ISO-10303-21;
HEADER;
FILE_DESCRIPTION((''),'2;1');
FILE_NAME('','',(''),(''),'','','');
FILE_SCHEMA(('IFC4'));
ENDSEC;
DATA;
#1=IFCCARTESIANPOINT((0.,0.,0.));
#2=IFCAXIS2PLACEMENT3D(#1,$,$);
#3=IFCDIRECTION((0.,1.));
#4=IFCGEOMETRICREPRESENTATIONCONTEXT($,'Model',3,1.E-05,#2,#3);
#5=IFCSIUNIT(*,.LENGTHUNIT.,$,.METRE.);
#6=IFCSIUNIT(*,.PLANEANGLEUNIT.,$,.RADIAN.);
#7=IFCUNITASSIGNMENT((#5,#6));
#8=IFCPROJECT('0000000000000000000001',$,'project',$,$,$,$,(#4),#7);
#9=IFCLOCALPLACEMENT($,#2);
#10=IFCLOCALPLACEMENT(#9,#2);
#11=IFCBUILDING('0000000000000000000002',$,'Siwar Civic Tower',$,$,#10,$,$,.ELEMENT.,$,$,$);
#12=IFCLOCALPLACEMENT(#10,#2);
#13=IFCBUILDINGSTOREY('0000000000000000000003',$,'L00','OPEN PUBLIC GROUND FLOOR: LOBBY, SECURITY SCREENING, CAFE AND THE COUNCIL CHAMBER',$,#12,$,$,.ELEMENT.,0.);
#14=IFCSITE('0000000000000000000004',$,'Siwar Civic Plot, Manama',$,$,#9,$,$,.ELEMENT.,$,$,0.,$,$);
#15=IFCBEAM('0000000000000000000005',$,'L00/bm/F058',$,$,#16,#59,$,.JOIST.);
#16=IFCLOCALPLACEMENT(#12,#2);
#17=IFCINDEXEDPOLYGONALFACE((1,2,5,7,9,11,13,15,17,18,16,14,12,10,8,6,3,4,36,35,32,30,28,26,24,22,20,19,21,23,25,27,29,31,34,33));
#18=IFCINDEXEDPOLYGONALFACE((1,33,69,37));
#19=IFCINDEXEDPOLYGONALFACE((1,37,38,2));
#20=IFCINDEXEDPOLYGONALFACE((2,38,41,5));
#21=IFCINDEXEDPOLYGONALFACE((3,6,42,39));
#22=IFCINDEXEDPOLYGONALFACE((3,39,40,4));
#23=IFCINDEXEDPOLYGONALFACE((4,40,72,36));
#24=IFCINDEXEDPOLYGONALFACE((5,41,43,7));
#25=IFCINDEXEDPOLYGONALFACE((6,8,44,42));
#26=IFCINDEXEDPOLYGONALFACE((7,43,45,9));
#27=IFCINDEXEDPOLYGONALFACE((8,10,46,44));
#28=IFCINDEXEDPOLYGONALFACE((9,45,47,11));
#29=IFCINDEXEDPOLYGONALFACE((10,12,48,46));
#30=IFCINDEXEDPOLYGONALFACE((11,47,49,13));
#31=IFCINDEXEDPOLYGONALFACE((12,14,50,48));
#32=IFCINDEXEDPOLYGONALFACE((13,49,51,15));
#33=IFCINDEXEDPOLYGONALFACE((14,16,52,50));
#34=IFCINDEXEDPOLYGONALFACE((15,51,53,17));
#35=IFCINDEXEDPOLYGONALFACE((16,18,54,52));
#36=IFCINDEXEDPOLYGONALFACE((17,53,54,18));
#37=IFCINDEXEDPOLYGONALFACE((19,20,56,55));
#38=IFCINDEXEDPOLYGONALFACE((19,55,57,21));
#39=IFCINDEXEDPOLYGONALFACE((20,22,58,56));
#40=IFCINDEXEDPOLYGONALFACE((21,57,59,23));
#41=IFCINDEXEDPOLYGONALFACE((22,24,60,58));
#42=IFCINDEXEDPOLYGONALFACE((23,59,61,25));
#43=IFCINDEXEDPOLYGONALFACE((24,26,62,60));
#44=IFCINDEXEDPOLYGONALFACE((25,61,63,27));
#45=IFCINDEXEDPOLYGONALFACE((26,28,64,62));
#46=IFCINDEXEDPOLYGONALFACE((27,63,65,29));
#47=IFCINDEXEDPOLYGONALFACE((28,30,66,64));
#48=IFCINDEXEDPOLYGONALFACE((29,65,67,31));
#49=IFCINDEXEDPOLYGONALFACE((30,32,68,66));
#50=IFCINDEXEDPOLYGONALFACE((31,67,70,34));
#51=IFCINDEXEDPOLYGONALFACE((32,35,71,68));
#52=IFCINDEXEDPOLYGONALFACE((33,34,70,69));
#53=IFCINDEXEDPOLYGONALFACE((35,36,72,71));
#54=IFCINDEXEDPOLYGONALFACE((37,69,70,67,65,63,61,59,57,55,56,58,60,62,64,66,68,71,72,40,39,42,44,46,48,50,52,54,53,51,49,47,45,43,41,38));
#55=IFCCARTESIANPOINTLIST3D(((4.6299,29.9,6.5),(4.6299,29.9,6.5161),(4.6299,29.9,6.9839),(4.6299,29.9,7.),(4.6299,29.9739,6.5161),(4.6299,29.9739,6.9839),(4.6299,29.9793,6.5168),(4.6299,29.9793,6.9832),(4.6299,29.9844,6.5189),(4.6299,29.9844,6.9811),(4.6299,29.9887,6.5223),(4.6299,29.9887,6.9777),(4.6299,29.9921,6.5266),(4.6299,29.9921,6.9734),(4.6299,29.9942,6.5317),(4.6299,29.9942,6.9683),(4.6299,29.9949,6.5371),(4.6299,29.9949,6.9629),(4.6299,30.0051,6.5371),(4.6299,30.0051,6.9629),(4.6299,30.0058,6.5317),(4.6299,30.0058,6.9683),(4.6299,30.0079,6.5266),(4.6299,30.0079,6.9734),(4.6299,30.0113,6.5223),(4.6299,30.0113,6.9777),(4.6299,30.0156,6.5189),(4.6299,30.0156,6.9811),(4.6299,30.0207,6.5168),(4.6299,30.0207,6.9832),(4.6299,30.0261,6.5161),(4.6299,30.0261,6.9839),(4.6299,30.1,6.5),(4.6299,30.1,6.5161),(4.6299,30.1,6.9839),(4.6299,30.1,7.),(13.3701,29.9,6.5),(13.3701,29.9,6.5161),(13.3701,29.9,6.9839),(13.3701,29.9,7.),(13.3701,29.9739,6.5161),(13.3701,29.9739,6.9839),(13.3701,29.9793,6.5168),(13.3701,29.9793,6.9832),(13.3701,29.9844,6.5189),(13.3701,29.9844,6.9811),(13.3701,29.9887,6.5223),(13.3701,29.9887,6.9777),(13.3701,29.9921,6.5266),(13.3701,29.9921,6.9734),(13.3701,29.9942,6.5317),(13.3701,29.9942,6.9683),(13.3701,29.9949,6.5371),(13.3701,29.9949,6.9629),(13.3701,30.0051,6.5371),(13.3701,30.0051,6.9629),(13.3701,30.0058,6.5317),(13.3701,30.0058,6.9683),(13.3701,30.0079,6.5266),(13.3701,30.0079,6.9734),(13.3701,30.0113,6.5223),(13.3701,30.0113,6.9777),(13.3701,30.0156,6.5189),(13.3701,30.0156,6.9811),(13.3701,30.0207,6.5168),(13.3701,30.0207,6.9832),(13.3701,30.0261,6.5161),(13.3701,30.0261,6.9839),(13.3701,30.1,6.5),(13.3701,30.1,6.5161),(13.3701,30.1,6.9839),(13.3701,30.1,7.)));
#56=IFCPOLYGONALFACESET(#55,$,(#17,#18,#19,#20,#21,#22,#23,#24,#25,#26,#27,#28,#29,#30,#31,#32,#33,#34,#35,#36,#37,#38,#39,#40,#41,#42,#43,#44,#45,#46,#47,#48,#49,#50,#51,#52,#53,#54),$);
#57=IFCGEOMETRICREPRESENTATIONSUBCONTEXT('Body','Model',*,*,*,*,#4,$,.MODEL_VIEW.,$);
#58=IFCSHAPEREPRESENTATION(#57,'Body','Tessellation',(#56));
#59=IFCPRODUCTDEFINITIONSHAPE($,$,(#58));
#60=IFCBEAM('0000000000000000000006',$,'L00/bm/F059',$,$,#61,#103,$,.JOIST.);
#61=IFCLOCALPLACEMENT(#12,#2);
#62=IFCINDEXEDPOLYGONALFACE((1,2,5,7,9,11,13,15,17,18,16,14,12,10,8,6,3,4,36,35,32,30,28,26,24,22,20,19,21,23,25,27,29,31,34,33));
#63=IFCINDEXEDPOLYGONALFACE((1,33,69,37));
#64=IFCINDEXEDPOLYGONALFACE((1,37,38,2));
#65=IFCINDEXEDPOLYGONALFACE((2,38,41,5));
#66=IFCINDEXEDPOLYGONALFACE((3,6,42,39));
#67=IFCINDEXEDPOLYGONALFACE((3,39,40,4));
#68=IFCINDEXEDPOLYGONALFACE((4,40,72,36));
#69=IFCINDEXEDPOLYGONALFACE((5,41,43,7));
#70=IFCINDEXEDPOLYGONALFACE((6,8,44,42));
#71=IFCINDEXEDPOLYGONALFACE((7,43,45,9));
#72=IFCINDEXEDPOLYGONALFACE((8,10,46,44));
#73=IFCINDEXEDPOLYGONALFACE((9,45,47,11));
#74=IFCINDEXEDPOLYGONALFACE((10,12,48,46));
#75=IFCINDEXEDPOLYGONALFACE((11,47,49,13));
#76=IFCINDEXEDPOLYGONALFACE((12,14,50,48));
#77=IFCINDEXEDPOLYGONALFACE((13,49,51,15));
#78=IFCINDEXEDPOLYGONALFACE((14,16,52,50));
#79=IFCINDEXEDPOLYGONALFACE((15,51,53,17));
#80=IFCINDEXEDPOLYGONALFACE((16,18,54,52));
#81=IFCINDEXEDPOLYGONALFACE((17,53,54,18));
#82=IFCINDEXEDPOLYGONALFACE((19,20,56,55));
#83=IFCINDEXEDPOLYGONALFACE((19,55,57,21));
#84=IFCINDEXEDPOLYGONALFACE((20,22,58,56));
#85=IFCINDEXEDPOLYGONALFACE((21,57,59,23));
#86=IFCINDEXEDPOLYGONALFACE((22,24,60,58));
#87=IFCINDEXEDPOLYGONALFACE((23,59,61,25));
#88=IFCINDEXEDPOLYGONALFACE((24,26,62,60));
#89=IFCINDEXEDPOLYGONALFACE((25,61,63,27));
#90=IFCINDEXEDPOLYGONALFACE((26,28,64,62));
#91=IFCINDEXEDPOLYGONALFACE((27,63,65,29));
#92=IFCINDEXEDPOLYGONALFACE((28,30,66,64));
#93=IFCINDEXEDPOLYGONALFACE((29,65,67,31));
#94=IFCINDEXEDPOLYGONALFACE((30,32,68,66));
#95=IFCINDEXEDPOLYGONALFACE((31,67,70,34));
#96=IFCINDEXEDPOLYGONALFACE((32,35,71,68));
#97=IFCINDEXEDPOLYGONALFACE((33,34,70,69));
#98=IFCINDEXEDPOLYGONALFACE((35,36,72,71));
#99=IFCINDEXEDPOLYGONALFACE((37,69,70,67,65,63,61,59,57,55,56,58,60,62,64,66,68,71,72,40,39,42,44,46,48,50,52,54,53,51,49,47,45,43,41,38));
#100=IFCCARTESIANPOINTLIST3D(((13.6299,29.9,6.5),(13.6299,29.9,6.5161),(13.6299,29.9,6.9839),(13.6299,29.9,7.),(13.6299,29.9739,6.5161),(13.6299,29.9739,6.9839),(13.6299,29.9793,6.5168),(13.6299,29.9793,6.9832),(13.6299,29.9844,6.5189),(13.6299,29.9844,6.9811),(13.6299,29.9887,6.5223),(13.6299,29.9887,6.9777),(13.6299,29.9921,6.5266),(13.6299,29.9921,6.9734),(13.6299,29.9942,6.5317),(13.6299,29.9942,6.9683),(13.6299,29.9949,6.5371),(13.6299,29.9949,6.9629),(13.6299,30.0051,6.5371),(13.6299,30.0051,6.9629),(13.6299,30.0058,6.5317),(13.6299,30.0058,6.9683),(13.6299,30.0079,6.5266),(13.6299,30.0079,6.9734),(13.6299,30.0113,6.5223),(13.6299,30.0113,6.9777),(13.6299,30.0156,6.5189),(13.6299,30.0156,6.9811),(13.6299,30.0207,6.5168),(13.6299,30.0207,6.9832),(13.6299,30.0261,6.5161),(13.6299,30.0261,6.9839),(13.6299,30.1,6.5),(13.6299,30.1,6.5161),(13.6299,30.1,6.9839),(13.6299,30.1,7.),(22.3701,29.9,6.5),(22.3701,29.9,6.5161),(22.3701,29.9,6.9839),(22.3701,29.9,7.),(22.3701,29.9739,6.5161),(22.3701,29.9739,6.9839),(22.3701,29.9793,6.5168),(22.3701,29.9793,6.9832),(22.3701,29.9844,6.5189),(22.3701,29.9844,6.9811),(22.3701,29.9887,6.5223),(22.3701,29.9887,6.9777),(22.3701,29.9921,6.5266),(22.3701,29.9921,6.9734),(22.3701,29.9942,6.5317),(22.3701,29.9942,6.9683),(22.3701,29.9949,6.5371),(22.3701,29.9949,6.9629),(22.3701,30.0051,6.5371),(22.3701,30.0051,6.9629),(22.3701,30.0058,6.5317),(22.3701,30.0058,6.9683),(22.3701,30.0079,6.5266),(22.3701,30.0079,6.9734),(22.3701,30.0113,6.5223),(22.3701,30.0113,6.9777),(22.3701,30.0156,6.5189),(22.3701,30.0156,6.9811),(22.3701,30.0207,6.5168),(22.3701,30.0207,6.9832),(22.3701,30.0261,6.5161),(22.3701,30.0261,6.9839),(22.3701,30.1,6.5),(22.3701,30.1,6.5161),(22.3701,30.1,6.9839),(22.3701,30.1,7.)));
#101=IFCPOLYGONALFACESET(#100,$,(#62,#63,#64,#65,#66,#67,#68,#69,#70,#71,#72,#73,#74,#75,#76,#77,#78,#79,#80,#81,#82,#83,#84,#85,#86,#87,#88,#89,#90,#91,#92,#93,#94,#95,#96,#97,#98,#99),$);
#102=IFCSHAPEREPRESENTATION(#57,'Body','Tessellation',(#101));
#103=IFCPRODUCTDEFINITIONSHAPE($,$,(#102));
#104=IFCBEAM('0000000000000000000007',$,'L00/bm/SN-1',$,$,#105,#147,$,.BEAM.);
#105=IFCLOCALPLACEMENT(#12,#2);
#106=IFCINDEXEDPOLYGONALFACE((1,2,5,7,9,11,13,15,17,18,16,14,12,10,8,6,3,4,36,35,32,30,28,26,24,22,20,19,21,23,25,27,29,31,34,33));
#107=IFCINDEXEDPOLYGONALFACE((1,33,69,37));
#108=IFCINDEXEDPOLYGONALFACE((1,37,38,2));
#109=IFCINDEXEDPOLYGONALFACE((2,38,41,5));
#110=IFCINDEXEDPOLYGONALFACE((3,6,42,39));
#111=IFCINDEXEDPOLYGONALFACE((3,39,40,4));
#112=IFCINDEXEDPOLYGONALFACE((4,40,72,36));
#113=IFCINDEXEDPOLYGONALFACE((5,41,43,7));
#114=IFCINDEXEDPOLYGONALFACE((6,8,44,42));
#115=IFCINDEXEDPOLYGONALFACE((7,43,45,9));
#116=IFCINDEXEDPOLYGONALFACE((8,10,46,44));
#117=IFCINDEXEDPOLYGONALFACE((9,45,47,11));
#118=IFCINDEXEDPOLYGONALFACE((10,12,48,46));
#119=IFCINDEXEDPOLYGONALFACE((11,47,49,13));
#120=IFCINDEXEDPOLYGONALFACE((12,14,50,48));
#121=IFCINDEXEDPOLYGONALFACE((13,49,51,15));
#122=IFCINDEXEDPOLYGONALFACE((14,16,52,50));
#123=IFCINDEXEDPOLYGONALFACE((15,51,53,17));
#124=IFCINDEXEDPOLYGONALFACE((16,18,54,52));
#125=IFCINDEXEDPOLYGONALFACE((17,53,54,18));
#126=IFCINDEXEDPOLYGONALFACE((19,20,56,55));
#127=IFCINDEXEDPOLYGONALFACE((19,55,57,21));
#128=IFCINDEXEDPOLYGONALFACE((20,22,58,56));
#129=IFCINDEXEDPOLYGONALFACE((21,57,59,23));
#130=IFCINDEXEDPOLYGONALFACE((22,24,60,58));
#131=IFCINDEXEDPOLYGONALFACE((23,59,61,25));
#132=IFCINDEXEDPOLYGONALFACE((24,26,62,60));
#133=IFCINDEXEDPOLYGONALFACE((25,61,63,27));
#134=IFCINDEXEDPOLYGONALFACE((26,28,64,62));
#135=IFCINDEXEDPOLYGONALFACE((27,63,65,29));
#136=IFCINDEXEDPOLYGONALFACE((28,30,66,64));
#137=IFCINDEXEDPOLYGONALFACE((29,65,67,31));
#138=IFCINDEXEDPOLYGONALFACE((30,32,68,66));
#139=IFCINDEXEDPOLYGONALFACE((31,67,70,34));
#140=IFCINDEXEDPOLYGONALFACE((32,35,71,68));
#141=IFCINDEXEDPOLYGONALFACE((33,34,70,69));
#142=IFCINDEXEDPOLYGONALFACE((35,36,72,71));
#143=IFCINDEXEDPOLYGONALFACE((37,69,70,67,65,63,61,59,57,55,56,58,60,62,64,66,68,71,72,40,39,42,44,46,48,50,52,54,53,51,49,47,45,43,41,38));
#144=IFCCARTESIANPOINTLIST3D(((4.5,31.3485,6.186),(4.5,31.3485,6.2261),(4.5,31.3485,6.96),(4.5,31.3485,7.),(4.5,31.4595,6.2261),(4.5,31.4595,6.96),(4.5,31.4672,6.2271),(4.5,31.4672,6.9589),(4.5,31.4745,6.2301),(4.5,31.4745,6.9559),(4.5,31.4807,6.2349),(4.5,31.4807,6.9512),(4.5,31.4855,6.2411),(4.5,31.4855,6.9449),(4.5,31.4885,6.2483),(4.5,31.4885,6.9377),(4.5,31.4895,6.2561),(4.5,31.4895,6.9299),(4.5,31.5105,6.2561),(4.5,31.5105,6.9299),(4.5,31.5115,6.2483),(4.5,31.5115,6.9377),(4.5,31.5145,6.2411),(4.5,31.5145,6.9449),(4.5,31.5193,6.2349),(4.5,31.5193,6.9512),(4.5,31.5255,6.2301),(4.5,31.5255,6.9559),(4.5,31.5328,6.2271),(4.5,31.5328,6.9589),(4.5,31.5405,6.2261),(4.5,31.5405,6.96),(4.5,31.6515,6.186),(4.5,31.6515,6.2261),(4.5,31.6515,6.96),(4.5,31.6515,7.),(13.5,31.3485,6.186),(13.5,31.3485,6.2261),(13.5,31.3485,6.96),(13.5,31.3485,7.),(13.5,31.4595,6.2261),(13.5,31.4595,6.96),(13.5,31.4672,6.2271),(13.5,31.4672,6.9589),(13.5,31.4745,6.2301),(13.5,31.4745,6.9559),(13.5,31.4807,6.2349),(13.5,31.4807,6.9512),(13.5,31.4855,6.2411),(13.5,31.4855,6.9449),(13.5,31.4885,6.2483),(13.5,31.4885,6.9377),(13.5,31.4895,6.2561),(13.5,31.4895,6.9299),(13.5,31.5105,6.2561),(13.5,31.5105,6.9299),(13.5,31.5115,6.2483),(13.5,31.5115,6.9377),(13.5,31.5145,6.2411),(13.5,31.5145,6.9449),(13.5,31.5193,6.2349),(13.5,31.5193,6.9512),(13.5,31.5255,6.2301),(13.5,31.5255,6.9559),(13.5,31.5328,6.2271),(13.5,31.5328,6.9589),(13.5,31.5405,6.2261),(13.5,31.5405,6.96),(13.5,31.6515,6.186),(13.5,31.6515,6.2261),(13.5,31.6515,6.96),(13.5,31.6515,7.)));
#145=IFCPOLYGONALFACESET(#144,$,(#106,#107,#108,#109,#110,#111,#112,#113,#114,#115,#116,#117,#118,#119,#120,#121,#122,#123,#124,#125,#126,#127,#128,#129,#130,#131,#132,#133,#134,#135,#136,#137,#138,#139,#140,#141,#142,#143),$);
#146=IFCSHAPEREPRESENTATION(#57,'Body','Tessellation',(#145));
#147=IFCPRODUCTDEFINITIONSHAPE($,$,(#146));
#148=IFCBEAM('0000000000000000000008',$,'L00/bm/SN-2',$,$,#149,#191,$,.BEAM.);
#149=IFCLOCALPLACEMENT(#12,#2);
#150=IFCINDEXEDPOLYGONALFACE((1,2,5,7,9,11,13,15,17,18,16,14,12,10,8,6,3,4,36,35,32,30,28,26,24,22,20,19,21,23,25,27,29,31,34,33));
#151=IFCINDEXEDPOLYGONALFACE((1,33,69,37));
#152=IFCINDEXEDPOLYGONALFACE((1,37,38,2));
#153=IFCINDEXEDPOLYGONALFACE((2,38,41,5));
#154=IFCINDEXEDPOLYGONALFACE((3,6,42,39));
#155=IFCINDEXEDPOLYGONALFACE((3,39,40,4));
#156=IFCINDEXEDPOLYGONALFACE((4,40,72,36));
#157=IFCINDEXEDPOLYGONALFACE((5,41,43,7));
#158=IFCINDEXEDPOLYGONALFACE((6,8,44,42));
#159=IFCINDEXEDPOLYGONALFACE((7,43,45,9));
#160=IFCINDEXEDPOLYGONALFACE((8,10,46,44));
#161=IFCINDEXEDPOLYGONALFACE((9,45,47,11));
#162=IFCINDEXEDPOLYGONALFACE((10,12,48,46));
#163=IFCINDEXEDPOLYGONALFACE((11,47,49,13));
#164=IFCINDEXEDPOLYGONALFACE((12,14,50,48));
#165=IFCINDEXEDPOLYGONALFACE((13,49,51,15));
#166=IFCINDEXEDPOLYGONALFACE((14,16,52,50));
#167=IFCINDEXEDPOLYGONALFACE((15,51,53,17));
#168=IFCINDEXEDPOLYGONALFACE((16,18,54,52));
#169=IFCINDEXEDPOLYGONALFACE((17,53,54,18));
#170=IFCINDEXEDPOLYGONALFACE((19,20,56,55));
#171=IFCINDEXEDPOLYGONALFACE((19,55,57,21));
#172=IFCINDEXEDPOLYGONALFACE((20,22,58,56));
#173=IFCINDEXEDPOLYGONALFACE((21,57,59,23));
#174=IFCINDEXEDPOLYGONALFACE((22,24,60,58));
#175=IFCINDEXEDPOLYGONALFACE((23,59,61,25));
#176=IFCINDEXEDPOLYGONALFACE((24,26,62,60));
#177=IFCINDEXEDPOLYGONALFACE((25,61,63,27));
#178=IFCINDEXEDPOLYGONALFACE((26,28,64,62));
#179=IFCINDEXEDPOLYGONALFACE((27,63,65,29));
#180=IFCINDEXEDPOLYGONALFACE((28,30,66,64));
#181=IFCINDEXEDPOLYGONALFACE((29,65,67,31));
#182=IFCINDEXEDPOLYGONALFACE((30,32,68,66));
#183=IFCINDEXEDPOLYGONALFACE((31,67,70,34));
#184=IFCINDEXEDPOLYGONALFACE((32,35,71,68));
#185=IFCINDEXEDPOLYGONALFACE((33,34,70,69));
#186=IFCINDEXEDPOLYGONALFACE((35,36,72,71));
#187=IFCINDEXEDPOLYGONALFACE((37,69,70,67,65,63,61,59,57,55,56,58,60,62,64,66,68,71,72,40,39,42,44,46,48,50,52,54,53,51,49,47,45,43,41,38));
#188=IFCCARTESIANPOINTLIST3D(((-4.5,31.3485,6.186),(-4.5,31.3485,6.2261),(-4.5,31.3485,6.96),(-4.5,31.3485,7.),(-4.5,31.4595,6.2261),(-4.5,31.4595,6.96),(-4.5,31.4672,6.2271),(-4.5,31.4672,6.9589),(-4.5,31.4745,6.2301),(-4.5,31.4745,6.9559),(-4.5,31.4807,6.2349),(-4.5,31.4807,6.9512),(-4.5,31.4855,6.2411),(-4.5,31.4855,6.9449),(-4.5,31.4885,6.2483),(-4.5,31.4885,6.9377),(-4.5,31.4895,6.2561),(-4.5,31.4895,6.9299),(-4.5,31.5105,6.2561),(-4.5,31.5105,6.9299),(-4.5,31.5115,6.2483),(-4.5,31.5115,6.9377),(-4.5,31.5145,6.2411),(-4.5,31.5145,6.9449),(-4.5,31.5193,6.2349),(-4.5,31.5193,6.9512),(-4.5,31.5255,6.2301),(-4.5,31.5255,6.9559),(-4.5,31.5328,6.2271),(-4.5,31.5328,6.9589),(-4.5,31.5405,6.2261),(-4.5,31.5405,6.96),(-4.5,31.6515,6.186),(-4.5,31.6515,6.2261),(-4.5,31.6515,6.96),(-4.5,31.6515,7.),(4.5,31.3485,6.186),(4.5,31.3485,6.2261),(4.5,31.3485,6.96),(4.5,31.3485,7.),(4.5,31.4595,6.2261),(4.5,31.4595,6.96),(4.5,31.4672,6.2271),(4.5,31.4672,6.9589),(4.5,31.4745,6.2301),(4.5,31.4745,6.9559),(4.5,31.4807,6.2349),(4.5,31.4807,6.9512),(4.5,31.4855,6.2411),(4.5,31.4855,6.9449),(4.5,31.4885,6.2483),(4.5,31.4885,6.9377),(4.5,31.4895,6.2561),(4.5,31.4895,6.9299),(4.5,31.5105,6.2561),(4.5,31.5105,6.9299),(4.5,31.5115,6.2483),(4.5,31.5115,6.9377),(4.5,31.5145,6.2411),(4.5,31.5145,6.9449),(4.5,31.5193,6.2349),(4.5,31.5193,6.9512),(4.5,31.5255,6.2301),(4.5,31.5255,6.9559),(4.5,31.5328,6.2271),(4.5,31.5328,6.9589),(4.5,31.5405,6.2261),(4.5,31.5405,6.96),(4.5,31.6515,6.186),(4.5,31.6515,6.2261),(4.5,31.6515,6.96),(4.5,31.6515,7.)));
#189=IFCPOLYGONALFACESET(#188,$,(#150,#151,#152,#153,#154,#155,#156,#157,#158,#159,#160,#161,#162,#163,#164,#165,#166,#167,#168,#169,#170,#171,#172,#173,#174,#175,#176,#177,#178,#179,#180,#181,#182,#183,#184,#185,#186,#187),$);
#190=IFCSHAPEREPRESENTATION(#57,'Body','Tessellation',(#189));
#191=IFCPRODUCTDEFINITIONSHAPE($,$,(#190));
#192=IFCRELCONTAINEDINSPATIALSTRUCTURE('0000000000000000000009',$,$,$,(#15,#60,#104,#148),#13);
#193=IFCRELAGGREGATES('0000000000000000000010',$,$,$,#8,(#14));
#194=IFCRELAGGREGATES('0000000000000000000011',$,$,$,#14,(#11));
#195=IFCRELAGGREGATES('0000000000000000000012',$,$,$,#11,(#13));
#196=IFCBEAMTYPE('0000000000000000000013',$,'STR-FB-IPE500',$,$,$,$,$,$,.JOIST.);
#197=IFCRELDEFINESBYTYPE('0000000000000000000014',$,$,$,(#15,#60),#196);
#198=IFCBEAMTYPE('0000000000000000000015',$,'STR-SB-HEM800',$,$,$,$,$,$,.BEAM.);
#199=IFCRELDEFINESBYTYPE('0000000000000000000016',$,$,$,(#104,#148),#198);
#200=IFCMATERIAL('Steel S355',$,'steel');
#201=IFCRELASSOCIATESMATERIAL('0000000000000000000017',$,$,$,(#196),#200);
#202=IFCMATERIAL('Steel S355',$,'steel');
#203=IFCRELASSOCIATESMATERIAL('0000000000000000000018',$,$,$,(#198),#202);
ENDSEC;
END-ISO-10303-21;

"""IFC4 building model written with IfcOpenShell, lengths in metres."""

from ifc_helpers import new_model, si_unit, direction, frame, origin, origin_2d, place, context, subcontext, project, spatial, i_section, extrude, material, material_profile, profile_set, type_object, element, save


model = new_model("IFC4")

# Units and contexts
model_context = context("Model", 3, precision=1e-05, world=origin(), true_north=direction((0.0, 1.0)))
body_context = subcontext(model_context, "Body", "Model", "MODEL_VIEW")
ifc_project = project(units=[si_unit("LENGTHUNIT", "METRE"), si_unit("PLANEANGLEUNIT", "RADIAN")], contexts=[model_context])

# Site, building, storey
site_placement = place(None, origin())
site = spatial("IfcSite", under=ifc_project, at=site_placement, Name="Siwar Civic Plot, Manama", CompositionType="ELEMENT", RefElevation=0.0)
building_placement = place(site_placement, origin())
building = spatial("IfcBuilding", under=site, at=building_placement, Name="Siwar Civic Tower", CompositionType="ELEMENT")
storey_placement = place(building_placement, origin())
storey = spatial("IfcBuildingStorey", under=building, at=storey_placement, Name="L00", Description="OPEN PUBLIC GROUND FLOOR: LOBBY, SECURITY SCREENING, CAFE AND THE COUNCIL CHAMBER", CompositionType="ELEMENT", Elevation=0.0)

# Beams
ifc_material_1 = material(Name="Steel S355", Category="steel")
ifc_material_profile_1 = material_profile(ifc_material_1, i_section(OverallWidth=0.2, OverallDepth=0.5, WebThickness=0.0103, FlangeThickness=0.0161, FilletRadius=0.021, at=origin_2d()), Name="IPE500")
ifc_profile_set_1 = profile_set([ifc_material_profile_1], Name="Steel S355")
beam_type_1 = type_object("IfcBeamType", Name="STR-FB-IPE500", PredefinedType="JOIST", material=ifc_profile_set_1)
for number, where, z_axis, x_axis, name in (
    (1, (4.6299, 30.0, 6.75), (1.0, 0.0, 0.0), (0.0, 1.0, 0.0), "L00/bm/F058"),
    (2, (13.6299, 30.0, 6.75), (1.0, 0.0, 0.0), (0.0, 1.0, 0.0), "L00/bm/F059"),
):
    element("IfcBeam", number, at=place(storey_placement, frame(where, z_axis=z_axis, x_axis=x_axis)), inside=storey, type_object=beam_type_1, Name=name, PredefinedType="JOIST", context=body_context, shape_type="SweptSolid", body=[
        extrude(i_section(OverallWidth=0.2, OverallDepth=0.5, WebThickness=0.0103, FlangeThickness=0.0161, FilletRadius=0.021, at=origin_2d()), origin(), (0.0, 0.0, 1.0), 8.7402),
    ])
ifc_material_2 = material(Name="Steel S355", Category="steel")
ifc_material_profile_2 = material_profile(ifc_material_2, i_section(OverallWidth=0.303, OverallDepth=0.814, WebThickness=0.021, FlangeThickness=0.04, FilletRadius=0.03, at=origin_2d()), Name="HEM800")
ifc_profile_set_2 = profile_set([ifc_material_profile_2], Name="Steel S355")
beam_type_2 = type_object("IfcBeamType", Name="STR-SB-HEM800", PredefinedType="BEAM", material=ifc_profile_set_2)
for number, where, z_axis, x_axis, name in (
    (3, (13.5, 31.5, 6.593), (-1.0, 0.0, 0.0), (0.0, -1.0, 0.0), "L00/bm/SN-1"),
    (4, (4.5, 31.5, 6.593), (-1.0, 0.0, 0.0), (0.0, -1.0, 0.0), "L00/bm/SN-2"),
):
    element("IfcBeam", number, at=place(storey_placement, frame(where, z_axis=z_axis, x_axis=x_axis)), inside=storey, type_object=beam_type_2, Name=name, PredefinedType="BEAM", context=body_context, shape_type="SweptSolid", body=[
        extrude(i_section(OverallWidth=0.303, OverallDepth=0.814, WebThickness=0.021, FlangeThickness=0.04, FilletRadius=0.03, at=origin_2d()), origin(), (0.0, 0.0, 1.0), 9.0),
    ])

save(model, "model.ifc")
